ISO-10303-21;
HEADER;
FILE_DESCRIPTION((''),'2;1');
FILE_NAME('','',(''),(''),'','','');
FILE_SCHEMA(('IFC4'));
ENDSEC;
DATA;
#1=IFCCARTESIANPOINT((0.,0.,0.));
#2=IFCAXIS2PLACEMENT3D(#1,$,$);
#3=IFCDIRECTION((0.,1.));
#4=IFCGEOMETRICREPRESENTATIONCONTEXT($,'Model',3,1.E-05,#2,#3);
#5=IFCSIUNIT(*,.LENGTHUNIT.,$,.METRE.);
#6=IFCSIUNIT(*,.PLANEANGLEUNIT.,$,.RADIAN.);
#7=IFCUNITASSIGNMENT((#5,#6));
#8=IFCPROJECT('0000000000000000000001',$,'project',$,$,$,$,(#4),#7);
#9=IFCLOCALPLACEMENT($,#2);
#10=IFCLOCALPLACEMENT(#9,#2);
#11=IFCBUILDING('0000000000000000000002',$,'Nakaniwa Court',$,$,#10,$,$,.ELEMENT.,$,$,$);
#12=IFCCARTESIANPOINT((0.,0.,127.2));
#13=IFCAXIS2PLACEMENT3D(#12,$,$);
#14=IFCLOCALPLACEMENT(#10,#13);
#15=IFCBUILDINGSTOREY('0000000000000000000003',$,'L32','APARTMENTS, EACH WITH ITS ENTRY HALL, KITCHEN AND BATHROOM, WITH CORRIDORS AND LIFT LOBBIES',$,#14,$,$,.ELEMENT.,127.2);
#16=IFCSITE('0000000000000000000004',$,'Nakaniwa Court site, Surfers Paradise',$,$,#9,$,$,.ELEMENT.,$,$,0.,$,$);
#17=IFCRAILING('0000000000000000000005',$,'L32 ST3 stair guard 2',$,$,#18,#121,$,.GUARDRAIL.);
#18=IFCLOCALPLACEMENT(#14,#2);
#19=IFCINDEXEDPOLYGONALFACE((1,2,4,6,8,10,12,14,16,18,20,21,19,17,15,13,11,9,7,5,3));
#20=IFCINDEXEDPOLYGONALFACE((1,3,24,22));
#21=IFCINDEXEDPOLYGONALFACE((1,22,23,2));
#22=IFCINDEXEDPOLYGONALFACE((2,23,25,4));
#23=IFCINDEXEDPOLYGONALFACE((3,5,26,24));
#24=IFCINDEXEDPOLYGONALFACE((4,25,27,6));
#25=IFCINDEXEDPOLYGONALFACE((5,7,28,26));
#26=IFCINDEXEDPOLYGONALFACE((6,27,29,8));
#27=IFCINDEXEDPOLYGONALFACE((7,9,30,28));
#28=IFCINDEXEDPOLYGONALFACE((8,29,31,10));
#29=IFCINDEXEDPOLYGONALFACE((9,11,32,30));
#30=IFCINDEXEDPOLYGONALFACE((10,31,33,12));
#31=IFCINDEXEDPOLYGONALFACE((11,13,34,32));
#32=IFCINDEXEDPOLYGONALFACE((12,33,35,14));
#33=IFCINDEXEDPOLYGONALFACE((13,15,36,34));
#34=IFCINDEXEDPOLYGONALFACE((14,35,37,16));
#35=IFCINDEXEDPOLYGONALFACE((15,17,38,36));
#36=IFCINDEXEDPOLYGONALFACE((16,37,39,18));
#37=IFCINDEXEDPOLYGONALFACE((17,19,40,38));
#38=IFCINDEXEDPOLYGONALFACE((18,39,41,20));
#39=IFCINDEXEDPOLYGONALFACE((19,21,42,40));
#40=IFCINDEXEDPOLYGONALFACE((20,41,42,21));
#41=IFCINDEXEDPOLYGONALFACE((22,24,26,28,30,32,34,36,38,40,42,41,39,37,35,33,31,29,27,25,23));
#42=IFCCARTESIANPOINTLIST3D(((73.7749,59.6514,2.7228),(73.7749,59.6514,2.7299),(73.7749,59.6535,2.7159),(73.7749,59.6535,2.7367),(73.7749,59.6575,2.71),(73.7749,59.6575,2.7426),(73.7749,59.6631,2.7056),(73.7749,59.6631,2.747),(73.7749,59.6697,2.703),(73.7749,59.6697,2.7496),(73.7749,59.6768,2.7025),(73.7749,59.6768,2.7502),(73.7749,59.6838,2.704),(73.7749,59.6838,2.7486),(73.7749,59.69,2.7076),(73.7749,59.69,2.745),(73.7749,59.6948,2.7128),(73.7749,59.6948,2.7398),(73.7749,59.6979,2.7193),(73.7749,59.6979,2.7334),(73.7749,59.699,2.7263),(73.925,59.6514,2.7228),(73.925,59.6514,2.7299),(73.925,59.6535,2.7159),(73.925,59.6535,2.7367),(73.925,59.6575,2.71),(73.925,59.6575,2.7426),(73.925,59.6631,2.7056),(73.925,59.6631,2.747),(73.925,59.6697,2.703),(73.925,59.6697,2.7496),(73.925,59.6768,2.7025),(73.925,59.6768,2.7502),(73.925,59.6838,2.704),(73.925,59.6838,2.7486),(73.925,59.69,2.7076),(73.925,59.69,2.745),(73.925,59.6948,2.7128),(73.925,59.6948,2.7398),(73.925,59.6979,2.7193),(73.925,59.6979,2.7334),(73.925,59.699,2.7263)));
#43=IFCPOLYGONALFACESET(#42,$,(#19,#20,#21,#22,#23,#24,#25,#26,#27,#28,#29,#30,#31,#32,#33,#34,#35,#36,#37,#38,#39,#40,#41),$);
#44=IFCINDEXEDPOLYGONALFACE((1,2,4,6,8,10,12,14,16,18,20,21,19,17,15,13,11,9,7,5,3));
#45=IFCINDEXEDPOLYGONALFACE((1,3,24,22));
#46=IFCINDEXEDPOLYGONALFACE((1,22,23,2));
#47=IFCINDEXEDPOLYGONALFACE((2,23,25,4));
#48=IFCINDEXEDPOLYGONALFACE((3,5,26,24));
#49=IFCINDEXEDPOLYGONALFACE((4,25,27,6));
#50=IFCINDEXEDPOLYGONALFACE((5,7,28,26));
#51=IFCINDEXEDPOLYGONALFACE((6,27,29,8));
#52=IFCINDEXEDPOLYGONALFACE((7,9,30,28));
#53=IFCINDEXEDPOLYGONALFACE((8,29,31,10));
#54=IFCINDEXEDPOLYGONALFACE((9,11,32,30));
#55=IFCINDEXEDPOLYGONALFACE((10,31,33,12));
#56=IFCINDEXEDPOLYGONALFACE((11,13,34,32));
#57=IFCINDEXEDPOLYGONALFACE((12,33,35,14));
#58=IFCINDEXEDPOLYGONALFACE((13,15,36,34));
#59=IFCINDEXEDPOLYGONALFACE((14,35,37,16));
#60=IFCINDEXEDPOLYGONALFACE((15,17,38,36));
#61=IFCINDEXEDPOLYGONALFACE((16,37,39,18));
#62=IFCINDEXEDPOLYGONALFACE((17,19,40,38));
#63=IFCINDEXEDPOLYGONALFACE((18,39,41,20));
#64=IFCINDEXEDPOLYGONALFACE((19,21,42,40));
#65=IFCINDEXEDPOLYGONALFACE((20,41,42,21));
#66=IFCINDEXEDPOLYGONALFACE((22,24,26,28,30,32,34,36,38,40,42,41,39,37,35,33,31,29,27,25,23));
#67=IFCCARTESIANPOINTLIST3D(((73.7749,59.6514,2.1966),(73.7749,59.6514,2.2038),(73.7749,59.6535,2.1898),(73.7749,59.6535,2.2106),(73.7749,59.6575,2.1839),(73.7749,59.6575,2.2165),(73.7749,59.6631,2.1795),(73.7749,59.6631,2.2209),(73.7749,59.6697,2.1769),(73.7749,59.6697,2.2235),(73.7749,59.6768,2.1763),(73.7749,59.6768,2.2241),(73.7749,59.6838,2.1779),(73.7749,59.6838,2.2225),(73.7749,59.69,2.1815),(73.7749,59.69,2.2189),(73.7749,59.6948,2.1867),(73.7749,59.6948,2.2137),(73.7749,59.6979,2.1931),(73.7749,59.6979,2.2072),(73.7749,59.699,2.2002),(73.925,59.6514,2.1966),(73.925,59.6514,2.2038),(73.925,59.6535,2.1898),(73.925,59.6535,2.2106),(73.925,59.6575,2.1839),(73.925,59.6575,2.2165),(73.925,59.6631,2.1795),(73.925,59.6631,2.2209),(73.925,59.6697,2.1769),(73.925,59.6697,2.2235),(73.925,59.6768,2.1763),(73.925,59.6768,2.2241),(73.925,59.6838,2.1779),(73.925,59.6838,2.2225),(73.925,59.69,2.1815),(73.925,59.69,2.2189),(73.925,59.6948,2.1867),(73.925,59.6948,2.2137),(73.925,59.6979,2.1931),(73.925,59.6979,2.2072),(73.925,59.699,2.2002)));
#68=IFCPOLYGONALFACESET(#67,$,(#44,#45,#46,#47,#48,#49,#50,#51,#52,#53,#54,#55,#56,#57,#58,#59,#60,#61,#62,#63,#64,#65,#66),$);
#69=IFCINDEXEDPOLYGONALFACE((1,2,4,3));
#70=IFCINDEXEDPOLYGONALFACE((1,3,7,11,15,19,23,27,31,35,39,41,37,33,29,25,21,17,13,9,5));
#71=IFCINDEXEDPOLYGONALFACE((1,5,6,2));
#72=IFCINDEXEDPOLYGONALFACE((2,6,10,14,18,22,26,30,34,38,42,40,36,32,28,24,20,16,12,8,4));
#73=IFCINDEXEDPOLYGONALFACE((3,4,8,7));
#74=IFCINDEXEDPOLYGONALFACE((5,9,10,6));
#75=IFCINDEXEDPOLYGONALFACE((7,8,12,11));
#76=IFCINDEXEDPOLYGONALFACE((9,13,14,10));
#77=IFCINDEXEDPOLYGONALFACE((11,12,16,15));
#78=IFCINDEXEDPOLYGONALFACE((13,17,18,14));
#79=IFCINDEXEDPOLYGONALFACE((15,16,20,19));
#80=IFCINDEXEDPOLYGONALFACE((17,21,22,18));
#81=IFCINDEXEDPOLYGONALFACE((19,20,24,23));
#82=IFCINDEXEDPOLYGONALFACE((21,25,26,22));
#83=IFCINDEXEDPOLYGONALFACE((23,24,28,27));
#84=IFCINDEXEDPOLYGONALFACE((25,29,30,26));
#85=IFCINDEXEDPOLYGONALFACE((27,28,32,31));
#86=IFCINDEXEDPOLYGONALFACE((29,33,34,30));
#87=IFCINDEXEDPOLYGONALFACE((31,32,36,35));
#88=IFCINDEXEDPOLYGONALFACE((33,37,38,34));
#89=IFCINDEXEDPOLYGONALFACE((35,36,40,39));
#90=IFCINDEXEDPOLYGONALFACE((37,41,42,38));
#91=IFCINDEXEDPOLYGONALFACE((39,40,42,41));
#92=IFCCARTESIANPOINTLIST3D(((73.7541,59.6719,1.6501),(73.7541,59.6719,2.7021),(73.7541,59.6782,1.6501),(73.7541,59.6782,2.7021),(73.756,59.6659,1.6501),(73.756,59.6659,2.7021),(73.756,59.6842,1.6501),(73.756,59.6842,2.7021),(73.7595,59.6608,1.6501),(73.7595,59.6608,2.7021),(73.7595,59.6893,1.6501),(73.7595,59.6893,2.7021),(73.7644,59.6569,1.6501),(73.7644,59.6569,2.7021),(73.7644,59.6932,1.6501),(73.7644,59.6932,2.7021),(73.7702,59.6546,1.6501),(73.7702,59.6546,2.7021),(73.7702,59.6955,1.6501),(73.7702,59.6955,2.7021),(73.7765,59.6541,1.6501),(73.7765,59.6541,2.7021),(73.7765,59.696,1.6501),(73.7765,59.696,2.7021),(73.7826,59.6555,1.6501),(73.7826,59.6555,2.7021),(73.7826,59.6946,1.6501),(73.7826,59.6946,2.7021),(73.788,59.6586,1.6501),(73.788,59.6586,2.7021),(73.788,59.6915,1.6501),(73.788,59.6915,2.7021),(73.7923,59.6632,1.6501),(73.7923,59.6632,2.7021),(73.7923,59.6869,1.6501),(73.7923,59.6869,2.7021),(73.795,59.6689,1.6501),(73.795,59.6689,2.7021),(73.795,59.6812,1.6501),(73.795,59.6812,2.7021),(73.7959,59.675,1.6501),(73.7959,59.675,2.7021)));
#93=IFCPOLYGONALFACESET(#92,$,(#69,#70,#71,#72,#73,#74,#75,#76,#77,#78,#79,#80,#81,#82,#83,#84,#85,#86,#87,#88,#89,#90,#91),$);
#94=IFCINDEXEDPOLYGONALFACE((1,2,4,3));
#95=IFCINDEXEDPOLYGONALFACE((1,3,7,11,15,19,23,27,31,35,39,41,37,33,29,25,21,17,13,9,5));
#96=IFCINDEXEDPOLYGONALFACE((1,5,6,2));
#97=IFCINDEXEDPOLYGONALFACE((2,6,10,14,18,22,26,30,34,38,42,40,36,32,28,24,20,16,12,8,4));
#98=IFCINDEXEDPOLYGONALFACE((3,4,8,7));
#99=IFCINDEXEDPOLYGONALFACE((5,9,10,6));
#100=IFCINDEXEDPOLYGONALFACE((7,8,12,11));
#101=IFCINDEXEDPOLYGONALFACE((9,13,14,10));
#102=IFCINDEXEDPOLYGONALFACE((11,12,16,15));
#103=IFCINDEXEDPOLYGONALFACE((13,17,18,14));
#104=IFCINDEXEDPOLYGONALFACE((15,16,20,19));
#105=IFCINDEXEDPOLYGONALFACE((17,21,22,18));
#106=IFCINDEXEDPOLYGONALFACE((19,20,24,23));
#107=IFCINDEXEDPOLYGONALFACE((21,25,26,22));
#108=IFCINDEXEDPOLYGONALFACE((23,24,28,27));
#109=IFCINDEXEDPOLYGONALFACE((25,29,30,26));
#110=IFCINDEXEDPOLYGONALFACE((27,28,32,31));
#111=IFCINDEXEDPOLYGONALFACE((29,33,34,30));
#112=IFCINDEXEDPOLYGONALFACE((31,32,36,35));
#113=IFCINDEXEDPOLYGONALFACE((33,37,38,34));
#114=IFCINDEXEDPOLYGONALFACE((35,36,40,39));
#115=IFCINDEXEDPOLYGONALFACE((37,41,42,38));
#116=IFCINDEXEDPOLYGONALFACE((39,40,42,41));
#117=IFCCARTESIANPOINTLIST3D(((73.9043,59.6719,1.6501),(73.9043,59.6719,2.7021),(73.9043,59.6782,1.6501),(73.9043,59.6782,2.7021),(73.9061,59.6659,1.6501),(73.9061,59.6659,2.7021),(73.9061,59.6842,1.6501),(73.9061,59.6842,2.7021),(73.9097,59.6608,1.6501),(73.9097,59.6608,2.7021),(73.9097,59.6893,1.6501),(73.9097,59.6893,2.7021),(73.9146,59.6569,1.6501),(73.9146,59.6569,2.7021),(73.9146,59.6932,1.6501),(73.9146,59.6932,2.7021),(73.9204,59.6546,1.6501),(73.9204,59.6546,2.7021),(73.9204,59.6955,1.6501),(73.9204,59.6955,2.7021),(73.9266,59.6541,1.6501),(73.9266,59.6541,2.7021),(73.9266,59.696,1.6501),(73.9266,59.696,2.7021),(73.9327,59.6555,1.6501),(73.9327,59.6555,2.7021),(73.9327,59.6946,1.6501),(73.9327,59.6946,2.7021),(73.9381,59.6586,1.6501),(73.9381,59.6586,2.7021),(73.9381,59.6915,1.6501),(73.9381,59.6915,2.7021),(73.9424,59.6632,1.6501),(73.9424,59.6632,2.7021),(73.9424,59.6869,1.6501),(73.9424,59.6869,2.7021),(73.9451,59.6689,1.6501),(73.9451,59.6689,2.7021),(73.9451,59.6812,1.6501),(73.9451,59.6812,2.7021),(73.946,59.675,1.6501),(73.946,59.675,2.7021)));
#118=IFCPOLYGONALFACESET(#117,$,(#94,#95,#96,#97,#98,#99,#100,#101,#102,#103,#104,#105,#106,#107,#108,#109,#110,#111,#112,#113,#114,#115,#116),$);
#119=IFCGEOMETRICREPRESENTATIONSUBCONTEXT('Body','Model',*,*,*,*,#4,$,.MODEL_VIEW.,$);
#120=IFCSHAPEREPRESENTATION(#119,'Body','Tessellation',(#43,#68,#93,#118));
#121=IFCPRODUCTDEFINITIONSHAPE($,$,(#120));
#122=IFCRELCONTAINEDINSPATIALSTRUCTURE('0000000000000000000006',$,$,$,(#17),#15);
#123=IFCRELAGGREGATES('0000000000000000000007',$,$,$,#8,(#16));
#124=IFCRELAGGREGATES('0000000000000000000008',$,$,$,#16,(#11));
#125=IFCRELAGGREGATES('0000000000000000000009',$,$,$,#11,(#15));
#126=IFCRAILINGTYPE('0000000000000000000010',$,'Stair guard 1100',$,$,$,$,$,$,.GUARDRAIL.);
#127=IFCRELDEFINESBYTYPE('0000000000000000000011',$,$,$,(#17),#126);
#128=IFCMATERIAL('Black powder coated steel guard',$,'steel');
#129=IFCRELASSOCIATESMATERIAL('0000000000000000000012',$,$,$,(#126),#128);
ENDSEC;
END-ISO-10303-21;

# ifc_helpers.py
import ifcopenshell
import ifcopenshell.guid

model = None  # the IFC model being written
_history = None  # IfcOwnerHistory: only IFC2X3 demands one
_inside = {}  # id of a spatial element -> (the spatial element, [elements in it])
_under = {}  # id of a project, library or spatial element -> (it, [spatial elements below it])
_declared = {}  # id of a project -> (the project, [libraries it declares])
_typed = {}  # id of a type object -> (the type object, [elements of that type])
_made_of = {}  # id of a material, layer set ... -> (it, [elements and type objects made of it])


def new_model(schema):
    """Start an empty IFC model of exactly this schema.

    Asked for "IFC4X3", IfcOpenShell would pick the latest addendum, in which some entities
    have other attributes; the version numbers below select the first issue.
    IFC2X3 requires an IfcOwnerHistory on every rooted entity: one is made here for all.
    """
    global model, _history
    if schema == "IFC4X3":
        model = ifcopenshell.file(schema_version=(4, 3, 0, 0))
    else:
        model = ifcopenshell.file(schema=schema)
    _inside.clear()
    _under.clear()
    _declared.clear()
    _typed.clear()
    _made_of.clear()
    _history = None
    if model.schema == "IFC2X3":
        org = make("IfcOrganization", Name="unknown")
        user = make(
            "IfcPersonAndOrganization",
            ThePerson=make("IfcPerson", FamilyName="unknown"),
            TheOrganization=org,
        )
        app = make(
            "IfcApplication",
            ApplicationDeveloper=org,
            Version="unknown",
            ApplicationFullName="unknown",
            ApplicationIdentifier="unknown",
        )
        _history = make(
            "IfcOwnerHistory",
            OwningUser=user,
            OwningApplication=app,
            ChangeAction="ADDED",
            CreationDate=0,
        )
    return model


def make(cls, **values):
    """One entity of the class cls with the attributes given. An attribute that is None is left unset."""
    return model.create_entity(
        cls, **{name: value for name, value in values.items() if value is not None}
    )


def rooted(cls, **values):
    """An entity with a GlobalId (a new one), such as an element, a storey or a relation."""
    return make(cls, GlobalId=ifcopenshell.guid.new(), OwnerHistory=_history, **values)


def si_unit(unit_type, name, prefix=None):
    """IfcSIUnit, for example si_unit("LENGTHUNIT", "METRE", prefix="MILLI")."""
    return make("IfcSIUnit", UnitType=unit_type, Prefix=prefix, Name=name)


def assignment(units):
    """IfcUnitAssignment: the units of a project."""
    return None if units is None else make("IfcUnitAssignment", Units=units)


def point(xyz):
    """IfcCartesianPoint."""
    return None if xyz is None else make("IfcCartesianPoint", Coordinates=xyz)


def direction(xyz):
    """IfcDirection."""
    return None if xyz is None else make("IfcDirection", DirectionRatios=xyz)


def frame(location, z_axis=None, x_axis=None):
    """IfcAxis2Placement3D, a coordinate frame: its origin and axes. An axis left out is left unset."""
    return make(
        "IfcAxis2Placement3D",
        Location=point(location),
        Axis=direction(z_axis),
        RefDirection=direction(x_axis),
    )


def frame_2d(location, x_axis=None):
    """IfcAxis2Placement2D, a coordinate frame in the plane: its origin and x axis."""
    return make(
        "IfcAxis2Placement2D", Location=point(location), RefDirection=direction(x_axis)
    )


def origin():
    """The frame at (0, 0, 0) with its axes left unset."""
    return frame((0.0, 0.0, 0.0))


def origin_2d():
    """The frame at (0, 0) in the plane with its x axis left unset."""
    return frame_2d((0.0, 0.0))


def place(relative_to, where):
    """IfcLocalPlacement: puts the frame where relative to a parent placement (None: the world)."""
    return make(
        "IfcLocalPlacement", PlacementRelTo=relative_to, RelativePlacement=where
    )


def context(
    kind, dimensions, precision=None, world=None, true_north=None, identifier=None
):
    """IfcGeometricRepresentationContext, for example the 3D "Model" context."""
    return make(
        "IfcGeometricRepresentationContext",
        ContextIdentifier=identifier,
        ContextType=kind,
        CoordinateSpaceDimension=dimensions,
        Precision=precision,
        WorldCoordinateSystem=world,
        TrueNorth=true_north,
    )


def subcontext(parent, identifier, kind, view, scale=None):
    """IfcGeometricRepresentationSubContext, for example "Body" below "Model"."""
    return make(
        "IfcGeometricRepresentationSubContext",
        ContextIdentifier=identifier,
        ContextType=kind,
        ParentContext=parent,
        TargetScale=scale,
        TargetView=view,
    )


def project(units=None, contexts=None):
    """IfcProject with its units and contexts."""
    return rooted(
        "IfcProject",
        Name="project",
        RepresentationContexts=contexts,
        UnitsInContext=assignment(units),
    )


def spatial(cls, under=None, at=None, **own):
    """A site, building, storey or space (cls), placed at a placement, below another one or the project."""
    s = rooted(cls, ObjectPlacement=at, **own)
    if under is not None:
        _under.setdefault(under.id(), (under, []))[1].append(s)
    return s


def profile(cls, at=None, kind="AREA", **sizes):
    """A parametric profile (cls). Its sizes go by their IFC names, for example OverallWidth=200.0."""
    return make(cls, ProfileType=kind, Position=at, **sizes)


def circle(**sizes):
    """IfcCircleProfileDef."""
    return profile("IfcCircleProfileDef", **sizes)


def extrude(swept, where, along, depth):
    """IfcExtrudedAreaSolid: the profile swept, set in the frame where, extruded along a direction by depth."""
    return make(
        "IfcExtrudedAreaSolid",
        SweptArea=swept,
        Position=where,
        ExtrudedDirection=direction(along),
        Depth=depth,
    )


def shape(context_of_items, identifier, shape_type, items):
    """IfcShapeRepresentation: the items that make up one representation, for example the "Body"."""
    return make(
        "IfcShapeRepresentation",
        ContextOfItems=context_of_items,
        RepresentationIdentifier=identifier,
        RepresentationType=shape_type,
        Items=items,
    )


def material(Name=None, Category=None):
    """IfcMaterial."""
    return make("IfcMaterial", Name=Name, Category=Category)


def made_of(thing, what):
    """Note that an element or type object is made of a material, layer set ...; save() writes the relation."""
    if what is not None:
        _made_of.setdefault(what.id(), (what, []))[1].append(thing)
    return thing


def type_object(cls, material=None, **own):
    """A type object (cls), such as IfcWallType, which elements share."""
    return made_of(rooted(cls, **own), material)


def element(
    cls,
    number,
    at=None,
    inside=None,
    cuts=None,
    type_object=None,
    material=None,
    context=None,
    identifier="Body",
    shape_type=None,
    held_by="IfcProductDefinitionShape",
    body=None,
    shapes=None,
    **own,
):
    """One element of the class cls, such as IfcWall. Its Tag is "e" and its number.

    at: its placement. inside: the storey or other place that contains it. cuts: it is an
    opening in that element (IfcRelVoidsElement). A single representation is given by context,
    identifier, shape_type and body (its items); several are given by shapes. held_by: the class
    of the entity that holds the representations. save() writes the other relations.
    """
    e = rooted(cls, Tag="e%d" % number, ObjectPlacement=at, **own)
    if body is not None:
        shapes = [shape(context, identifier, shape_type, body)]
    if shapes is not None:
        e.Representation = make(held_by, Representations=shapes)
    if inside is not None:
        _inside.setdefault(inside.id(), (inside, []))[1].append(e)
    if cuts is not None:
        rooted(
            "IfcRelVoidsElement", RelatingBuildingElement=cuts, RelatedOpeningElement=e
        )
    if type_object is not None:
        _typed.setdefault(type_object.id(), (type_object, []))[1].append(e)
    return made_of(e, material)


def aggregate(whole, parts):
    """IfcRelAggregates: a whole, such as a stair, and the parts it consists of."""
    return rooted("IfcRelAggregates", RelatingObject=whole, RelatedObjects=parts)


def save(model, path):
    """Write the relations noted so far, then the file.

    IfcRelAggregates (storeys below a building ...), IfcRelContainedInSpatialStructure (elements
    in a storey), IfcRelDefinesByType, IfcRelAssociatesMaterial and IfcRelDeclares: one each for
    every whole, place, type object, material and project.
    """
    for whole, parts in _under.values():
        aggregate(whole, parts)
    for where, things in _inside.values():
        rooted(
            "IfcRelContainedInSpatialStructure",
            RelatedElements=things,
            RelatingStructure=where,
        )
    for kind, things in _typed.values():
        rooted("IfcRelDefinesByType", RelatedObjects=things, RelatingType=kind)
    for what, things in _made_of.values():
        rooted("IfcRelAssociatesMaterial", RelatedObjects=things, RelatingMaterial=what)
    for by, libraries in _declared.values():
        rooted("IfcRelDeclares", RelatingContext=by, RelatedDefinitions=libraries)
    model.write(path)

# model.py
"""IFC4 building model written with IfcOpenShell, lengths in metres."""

from ifc_helpers import new_model, si_unit, direction, frame, origin, origin_2d, place, context, subcontext, project, spatial, circle, extrude, material, type_object, element, save


model = new_model("IFC4")

# Units and contexts
model_context = context("Model", 3, precision=1e-05, world=origin(), true_north=direction((0.0, 1.0)))
body_context = subcontext(model_context, "Body", "Model", "MODEL_VIEW")
ifc_project = project(units=[si_unit("LENGTHUNIT", "METRE"), si_unit("PLANEANGLEUNIT", "RADIAN")], contexts=[model_context])

# Site, building, storey
site_placement = place(None, origin())
site = spatial("IfcSite", under=ifc_project, at=site_placement, Name="Nakaniwa Court site, Surfers Paradise", CompositionType="ELEMENT", RefElevation=0.0)
building_placement = place(site_placement, origin())
building = spatial("IfcBuilding", under=site, at=building_placement, Name="Nakaniwa Court", CompositionType="ELEMENT")
storey_placement = place(building_placement, frame((0.0, 0.0, 127.2)))
storey = spatial("IfcBuildingStorey", under=building, at=storey_placement, Name="L32", Description="APARTMENTS, EACH WITH ITS ENTRY HALL, KITCHEN AND BATHROOM, WITH CORRIDORS AND LIFT LOBBIES", CompositionType="ELEMENT", Elevation=127.2)

# Railing
ifc_material_1 = material(Name="Black powder coated steel guard", Category="steel")
railing_type_1 = type_object("IfcRailingType", Name="Stair guard 1100", PredefinedType="GUARDRAIL", material=ifc_material_1)
railing_1_placement = place(storey_placement, frame((73.7749, 59.675, 1.6501)))
element("IfcRailing", 1, at=railing_1_placement, inside=storey, type_object=railing_type_1, Name="L32 ST3 stair guard 2", PredefinedType="GUARDRAIL", context=body_context, shape_type="SweptSolid", body=[
    extrude(circle(Radius=0.0239, at=origin_2d()), frame((0.0, 0.0, 1.0762), z_axis=(1.0, 0.0, 0.0), x_axis=(0.0, 1.0, 0.0)), (0.0, 0.0, 1.0), 0.1501),
    extrude(circle(Radius=0.0239, at=origin_2d()), frame((0.0, 0.0, 0.55), z_axis=(1.0, 0.0, 0.0), x_axis=(0.0, 1.0, 0.0)), (0.0, 0.0, 1.0), 0.1501),
    extrude(circle(Radius=0.021, at=origin_2d()), origin(), (0.0, 0.0, 1.0), 1.052),
    extrude(circle(Radius=0.021, at=origin_2d()), frame((0.1501, 0.0, 0.0)), (0.0, 0.0, 1.0), 1.052),
])

save(model, "model.ifc")
